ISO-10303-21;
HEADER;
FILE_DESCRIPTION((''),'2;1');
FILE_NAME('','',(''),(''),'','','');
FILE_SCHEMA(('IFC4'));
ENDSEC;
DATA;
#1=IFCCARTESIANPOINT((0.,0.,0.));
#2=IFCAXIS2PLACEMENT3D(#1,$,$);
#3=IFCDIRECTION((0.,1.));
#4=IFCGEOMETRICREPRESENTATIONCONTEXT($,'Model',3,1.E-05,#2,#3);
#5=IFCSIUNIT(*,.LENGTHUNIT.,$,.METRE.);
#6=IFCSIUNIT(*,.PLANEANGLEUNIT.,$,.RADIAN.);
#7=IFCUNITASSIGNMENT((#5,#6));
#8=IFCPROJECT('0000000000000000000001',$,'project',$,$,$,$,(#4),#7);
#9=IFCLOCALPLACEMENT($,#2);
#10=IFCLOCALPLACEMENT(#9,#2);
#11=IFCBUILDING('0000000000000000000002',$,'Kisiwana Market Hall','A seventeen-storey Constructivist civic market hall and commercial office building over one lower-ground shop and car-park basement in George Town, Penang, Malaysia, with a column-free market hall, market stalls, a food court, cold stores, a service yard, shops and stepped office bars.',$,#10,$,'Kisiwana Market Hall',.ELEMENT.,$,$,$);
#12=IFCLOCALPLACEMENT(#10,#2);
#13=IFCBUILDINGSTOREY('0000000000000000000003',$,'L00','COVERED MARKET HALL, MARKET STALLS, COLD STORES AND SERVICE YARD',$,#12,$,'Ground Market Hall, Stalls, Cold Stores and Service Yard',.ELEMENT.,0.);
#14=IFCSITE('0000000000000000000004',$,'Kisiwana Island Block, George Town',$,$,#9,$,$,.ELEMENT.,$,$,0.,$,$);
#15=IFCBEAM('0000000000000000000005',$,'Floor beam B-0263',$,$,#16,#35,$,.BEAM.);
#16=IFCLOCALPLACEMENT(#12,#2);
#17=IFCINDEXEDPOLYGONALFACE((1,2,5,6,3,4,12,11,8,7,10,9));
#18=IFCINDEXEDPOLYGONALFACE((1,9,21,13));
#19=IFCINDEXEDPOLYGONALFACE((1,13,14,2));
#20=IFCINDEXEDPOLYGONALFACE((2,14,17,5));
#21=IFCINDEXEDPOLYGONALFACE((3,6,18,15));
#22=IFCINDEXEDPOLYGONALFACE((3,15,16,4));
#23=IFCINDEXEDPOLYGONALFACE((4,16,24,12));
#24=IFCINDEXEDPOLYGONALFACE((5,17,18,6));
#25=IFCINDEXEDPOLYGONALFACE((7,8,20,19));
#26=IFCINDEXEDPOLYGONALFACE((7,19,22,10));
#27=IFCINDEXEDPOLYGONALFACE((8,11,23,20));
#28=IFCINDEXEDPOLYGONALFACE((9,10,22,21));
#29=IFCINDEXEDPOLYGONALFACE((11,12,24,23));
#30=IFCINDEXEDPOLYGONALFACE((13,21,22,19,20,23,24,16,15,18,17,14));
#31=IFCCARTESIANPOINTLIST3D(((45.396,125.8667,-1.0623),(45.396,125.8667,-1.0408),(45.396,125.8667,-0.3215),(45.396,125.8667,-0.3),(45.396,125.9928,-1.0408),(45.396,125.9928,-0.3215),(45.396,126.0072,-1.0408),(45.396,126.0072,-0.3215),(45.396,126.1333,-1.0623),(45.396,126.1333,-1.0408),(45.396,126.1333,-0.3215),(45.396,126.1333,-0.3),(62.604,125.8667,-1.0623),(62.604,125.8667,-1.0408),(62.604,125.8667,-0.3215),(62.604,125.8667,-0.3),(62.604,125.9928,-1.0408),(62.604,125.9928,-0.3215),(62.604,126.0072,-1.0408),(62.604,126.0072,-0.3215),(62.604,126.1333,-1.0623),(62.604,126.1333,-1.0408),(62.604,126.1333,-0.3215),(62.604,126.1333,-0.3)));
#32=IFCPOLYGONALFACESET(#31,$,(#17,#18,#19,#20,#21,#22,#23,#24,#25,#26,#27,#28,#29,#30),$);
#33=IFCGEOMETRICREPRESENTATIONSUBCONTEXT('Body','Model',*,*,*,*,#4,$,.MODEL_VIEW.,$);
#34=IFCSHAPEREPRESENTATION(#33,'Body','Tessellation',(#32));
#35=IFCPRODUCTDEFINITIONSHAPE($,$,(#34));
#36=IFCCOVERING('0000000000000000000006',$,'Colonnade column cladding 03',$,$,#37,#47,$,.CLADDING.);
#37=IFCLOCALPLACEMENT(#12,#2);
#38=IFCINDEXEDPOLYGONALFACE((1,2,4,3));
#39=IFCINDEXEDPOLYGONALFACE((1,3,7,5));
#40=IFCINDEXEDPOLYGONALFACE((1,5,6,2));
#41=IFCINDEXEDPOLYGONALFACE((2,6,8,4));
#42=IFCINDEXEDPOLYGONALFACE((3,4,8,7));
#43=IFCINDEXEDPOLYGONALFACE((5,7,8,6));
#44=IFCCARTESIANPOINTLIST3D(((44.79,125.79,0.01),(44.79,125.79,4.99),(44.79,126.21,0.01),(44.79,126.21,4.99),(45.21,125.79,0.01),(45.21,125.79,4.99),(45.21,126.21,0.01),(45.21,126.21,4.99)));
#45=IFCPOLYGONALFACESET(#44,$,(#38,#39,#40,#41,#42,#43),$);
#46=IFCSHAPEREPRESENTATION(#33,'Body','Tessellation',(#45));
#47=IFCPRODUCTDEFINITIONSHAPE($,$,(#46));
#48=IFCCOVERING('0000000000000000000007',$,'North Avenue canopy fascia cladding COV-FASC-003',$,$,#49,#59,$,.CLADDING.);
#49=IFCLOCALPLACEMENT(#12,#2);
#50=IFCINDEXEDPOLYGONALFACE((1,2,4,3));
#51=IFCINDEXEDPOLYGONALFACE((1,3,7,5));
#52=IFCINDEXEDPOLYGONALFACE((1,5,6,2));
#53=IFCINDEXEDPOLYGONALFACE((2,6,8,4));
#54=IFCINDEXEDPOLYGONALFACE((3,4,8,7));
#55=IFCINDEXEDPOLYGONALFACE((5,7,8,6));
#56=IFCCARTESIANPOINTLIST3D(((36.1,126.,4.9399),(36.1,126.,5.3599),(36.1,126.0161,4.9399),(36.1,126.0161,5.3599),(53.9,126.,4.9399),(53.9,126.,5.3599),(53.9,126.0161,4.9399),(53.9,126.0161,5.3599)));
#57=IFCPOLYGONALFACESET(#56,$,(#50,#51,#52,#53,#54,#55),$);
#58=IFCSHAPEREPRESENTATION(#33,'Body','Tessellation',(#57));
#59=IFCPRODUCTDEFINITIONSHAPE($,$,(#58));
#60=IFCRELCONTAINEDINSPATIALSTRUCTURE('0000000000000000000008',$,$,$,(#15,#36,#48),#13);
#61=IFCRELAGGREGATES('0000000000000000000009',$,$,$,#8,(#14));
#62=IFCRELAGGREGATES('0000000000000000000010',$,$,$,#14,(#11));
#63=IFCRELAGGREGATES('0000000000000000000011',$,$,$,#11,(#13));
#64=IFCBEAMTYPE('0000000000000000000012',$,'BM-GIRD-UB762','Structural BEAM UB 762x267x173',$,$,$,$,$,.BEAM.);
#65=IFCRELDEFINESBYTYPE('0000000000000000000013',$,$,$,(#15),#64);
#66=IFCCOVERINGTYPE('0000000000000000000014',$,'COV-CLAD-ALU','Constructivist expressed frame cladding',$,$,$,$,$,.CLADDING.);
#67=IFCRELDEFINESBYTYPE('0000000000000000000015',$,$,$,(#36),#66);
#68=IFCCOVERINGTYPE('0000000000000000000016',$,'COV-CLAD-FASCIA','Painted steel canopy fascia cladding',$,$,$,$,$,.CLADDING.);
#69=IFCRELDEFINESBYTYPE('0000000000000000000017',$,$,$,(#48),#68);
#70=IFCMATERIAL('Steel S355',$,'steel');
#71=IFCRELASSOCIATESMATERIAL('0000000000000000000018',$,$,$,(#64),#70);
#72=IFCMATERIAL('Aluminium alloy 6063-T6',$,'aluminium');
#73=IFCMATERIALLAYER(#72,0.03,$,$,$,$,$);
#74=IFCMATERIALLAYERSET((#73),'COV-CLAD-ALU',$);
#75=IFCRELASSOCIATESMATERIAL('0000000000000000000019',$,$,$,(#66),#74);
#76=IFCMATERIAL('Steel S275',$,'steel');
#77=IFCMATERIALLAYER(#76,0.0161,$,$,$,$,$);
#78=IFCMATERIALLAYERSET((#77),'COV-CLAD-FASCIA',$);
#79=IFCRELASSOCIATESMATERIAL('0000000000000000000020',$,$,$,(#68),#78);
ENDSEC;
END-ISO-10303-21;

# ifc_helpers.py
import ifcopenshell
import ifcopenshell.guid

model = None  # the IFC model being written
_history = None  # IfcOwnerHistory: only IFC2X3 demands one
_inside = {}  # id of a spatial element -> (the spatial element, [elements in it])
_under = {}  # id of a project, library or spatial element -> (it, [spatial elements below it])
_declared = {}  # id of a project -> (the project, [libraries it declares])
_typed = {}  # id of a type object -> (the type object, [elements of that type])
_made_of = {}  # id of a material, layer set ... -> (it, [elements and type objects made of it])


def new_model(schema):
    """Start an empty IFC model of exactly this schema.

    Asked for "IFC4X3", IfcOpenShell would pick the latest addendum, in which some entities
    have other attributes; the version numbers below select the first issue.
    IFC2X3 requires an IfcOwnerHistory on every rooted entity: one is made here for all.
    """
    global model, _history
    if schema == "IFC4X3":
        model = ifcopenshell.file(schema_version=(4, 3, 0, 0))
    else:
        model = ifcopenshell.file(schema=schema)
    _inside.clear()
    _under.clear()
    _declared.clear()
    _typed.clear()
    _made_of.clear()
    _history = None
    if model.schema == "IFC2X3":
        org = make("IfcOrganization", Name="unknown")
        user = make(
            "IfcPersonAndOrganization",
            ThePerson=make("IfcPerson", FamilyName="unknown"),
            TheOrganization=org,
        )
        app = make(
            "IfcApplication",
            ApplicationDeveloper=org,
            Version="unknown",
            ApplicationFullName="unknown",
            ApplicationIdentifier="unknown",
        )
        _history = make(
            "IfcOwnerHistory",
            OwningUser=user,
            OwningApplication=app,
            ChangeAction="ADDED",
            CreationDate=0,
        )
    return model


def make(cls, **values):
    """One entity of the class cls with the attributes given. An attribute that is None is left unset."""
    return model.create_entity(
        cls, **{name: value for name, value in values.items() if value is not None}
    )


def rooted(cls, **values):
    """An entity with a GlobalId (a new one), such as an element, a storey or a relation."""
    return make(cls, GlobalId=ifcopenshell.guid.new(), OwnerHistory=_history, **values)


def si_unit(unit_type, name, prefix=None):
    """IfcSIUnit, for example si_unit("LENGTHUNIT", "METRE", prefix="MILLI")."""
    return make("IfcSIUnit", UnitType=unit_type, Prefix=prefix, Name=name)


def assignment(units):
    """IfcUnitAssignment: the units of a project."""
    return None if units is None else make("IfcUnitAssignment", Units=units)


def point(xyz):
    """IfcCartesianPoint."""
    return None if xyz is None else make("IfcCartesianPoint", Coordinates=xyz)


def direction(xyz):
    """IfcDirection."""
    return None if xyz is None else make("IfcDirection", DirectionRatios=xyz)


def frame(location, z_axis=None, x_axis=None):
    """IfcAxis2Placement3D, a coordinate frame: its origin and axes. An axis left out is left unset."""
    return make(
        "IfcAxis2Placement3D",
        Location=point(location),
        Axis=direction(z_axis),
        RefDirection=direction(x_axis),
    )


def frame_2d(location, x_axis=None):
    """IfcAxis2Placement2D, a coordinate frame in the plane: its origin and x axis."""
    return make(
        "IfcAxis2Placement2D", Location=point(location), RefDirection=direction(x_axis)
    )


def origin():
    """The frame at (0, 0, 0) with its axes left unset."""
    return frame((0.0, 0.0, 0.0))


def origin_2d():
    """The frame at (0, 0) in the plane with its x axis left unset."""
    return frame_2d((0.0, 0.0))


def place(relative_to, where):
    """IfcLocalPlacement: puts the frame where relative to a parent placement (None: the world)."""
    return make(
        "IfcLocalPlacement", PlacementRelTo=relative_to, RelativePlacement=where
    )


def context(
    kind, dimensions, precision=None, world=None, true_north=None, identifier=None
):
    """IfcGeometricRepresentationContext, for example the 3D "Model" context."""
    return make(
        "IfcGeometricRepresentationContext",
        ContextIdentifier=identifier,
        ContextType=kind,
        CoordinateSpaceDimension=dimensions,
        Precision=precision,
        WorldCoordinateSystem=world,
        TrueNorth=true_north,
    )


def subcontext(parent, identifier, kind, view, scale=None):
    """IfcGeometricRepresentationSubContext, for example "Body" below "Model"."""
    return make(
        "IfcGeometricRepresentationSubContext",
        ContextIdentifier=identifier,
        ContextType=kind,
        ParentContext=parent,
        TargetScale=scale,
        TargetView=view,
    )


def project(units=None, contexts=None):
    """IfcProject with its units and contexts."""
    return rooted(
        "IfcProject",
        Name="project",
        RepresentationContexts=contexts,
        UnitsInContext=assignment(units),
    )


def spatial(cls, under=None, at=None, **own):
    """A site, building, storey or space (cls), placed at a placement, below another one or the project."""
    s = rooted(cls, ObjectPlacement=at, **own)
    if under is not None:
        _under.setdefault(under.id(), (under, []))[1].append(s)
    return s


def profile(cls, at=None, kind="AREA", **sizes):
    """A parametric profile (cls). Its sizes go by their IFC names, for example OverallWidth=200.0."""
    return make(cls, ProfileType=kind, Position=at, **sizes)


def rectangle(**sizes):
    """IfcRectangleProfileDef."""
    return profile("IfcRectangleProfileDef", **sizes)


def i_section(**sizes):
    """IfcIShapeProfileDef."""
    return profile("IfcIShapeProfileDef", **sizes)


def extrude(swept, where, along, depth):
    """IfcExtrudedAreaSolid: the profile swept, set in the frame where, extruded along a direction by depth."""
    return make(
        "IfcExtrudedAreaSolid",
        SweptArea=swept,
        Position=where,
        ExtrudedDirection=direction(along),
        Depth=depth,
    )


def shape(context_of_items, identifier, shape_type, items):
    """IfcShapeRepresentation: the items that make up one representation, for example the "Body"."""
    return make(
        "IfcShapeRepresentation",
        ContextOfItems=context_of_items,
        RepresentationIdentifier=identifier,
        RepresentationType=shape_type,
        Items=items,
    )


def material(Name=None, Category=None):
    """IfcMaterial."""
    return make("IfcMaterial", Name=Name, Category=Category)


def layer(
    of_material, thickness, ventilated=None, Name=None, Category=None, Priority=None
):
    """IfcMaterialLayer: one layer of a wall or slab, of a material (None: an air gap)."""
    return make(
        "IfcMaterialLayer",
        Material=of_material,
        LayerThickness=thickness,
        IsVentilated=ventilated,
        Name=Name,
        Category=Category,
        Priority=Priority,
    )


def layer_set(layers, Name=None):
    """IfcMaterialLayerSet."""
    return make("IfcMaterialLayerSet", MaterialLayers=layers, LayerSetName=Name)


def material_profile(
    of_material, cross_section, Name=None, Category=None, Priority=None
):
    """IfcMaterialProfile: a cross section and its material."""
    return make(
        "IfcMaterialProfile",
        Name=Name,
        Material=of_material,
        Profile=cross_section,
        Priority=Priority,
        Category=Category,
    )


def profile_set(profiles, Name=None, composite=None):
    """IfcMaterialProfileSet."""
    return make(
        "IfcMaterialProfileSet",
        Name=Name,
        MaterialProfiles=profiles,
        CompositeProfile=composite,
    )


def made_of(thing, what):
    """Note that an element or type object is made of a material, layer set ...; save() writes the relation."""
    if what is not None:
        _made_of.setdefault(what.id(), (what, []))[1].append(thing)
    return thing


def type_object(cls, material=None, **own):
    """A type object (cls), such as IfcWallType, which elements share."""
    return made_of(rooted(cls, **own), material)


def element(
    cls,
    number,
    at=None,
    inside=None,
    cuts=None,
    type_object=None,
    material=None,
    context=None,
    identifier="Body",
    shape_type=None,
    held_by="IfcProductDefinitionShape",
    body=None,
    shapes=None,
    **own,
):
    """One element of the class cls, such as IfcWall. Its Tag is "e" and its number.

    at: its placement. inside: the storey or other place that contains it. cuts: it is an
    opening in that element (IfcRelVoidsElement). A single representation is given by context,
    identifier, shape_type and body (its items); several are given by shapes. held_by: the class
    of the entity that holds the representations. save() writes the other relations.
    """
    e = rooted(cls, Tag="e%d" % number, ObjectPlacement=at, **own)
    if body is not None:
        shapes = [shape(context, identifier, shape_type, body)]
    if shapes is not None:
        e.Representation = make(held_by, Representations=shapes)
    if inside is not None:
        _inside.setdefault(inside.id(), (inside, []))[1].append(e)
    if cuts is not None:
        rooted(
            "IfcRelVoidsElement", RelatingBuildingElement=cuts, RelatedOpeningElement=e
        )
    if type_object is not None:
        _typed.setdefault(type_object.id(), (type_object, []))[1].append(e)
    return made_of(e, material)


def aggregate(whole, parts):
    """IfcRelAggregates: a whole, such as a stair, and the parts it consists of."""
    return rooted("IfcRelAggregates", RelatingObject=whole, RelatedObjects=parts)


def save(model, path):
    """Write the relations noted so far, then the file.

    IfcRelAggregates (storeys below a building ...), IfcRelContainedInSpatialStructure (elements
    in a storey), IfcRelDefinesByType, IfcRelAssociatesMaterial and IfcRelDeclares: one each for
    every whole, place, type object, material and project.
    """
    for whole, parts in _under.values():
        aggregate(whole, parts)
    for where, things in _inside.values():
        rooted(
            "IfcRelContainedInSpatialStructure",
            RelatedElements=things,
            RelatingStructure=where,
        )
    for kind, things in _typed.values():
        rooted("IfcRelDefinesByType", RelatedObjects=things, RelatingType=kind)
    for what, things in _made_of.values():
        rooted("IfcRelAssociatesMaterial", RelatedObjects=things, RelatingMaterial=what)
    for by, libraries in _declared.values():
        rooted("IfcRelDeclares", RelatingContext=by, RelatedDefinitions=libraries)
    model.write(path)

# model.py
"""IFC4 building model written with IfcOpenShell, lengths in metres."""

from ifc_helpers import new_model, si_unit, direction, frame, origin, origin_2d, place, context, subcontext, project, spatial, rectangle, i_section, extrude, material, layer, layer_set, material_profile, profile_set, type_object, element, save


model = new_model("IFC4")

# Units and contexts
model_context = context("Model", 3, precision=1e-05, world=origin(), true_north=direction((0.0, 1.0)))
body_context = subcontext(model_context, "Body", "Model", "MODEL_VIEW")
ifc_project = project(units=[si_unit("LENGTHUNIT", "METRE"), si_unit("PLANEANGLEUNIT", "RADIAN")], contexts=[model_context])

# Site, building, storey
site_placement = place(None, origin())
site = spatial("IfcSite", under=ifc_project, at=site_placement, Name="Kisiwana Island Block, George Town", CompositionType="ELEMENT", RefElevation=0.0)
building_placement = place(site_placement, origin())
building = spatial("IfcBuilding", under=site, at=building_placement, Name="Kisiwana Market Hall", Description="A seventeen-storey Constructivist civic market hall and commercial office building over one lower-ground shop and car-park basement in George Town, Penang, Malaysia, with a column-free market hall, market stalls, a food court, cold stores, a service yard, shops and stepped office bars.", LongName="Kisiwana Market Hall", CompositionType="ELEMENT")
storey_placement = place(building_placement, origin())
storey = spatial("IfcBuildingStorey", under=building, at=storey_placement, Name="L00", Description="COVERED MARKET HALL, MARKET STALLS, COLD STORES AND SERVICE YARD", LongName="Ground Market Hall, Stalls, Cold Stores and Service Yard", CompositionType="ELEMENT", Elevation=0.0)

# Beam
ifc_material_1 = material(Name="Steel S355", Category="steel")
ifc_material_profile_1 = material_profile(ifc_material_1, i_section(OverallWidth=0.2666, OverallDepth=0.7622, WebThickness=0.0144, FlangeThickness=0.0215, at=origin_2d()), Name="UB 762x267x173")
ifc_profile_set_1 = profile_set([ifc_material_profile_1], Name="Steel S355")
beam_type_1 = type_object("IfcBeamType", Name="BM-GIRD-UB762", Description="Structural BEAM UB 762x267x173", PredefinedType="BEAM", material=ifc_profile_set_1)
for number, where, z_axis, x_axis, name in (
    (1, (45.396, 126.0, -0.6812), (1.0, 0.0, 0.0), (0.0, 1.0, 0.0), "Floor beam B-0263"),
):
    element("IfcBeam", number, at=place(storey_placement, frame(where, z_axis=z_axis, x_axis=x_axis)), inside=storey, type_object=beam_type_1, Name=name, PredefinedType="BEAM", context=body_context, shape_type="SweptSolid", body=[
        extrude(i_section(OverallWidth=0.2666, OverallDepth=0.7622, WebThickness=0.0144, FlangeThickness=0.0215, at=origin_2d()), origin(), (0.0, 0.0, 1.0), 17.208),
    ])

# Coverings
ifc_material_2 = material(Name="Aluminium alloy 6063-T6", Category="aluminium")
ifc_layer_1 = layer(ifc_material_2, 0.03)
ifc_layer_set_1 = layer_set([ifc_layer_1], Name="COV-CLAD-ALU")
covering_type_1 = type_object("IfcCoveringType", Name="COV-CLAD-ALU", Description="Constructivist expressed frame cladding", PredefinedType="CLADDING", material=ifc_layer_set_1)
covering_1_placement = place(storey_placement, frame((45.0, 126.0, 0.01), z_axis=(0.0, 0.0, 1.0), x_axis=(1.0, 0.0, 0.0)))
element("IfcCovering", 2, at=covering_1_placement, inside=storey, type_object=covering_type_1, Name="Colonnade column cladding 03", PredefinedType="CLADDING", context=body_context, shape_type="SweptSolid", body=[
    extrude(rectangle(XDim=0.4199, YDim=0.4199, at=origin_2d()), origin(), (0.0, 0.0, 1.0), 4.98),
])
ifc_material_3 = material(Name="Steel S275", Category="steel")
ifc_layer_2 = layer(ifc_material_3, 0.0161)
ifc_layer_set_2 = layer_set([ifc_layer_2], Name="COV-CLAD-FASCIA")
covering_type_2 = type_object("IfcCoveringType", Name="COV-CLAD-FASCIA", Description="Painted steel canopy fascia cladding", PredefinedType="CLADDING", material=ifc_layer_set_2)
covering_2_placement = place(storey_placement, frame((45.0, 126.0081, 4.9399), z_axis=(0.0, 0.0, 1.0), x_axis=(1.0, 0.0, 0.0)))
element("IfcCovering", 3, at=covering_2_placement, inside=storey, type_object=covering_type_2, Name="North Avenue canopy fascia cladding COV-FASC-003", PredefinedType="CLADDING", context=body_context, shape_type="SweptSolid", body=[
    extrude(rectangle(XDim=17.8, YDim=0.0161, at=origin_2d()), origin(), (0.0, 0.0, 1.0), 0.4199),
])

save(model, "model.ifc")
